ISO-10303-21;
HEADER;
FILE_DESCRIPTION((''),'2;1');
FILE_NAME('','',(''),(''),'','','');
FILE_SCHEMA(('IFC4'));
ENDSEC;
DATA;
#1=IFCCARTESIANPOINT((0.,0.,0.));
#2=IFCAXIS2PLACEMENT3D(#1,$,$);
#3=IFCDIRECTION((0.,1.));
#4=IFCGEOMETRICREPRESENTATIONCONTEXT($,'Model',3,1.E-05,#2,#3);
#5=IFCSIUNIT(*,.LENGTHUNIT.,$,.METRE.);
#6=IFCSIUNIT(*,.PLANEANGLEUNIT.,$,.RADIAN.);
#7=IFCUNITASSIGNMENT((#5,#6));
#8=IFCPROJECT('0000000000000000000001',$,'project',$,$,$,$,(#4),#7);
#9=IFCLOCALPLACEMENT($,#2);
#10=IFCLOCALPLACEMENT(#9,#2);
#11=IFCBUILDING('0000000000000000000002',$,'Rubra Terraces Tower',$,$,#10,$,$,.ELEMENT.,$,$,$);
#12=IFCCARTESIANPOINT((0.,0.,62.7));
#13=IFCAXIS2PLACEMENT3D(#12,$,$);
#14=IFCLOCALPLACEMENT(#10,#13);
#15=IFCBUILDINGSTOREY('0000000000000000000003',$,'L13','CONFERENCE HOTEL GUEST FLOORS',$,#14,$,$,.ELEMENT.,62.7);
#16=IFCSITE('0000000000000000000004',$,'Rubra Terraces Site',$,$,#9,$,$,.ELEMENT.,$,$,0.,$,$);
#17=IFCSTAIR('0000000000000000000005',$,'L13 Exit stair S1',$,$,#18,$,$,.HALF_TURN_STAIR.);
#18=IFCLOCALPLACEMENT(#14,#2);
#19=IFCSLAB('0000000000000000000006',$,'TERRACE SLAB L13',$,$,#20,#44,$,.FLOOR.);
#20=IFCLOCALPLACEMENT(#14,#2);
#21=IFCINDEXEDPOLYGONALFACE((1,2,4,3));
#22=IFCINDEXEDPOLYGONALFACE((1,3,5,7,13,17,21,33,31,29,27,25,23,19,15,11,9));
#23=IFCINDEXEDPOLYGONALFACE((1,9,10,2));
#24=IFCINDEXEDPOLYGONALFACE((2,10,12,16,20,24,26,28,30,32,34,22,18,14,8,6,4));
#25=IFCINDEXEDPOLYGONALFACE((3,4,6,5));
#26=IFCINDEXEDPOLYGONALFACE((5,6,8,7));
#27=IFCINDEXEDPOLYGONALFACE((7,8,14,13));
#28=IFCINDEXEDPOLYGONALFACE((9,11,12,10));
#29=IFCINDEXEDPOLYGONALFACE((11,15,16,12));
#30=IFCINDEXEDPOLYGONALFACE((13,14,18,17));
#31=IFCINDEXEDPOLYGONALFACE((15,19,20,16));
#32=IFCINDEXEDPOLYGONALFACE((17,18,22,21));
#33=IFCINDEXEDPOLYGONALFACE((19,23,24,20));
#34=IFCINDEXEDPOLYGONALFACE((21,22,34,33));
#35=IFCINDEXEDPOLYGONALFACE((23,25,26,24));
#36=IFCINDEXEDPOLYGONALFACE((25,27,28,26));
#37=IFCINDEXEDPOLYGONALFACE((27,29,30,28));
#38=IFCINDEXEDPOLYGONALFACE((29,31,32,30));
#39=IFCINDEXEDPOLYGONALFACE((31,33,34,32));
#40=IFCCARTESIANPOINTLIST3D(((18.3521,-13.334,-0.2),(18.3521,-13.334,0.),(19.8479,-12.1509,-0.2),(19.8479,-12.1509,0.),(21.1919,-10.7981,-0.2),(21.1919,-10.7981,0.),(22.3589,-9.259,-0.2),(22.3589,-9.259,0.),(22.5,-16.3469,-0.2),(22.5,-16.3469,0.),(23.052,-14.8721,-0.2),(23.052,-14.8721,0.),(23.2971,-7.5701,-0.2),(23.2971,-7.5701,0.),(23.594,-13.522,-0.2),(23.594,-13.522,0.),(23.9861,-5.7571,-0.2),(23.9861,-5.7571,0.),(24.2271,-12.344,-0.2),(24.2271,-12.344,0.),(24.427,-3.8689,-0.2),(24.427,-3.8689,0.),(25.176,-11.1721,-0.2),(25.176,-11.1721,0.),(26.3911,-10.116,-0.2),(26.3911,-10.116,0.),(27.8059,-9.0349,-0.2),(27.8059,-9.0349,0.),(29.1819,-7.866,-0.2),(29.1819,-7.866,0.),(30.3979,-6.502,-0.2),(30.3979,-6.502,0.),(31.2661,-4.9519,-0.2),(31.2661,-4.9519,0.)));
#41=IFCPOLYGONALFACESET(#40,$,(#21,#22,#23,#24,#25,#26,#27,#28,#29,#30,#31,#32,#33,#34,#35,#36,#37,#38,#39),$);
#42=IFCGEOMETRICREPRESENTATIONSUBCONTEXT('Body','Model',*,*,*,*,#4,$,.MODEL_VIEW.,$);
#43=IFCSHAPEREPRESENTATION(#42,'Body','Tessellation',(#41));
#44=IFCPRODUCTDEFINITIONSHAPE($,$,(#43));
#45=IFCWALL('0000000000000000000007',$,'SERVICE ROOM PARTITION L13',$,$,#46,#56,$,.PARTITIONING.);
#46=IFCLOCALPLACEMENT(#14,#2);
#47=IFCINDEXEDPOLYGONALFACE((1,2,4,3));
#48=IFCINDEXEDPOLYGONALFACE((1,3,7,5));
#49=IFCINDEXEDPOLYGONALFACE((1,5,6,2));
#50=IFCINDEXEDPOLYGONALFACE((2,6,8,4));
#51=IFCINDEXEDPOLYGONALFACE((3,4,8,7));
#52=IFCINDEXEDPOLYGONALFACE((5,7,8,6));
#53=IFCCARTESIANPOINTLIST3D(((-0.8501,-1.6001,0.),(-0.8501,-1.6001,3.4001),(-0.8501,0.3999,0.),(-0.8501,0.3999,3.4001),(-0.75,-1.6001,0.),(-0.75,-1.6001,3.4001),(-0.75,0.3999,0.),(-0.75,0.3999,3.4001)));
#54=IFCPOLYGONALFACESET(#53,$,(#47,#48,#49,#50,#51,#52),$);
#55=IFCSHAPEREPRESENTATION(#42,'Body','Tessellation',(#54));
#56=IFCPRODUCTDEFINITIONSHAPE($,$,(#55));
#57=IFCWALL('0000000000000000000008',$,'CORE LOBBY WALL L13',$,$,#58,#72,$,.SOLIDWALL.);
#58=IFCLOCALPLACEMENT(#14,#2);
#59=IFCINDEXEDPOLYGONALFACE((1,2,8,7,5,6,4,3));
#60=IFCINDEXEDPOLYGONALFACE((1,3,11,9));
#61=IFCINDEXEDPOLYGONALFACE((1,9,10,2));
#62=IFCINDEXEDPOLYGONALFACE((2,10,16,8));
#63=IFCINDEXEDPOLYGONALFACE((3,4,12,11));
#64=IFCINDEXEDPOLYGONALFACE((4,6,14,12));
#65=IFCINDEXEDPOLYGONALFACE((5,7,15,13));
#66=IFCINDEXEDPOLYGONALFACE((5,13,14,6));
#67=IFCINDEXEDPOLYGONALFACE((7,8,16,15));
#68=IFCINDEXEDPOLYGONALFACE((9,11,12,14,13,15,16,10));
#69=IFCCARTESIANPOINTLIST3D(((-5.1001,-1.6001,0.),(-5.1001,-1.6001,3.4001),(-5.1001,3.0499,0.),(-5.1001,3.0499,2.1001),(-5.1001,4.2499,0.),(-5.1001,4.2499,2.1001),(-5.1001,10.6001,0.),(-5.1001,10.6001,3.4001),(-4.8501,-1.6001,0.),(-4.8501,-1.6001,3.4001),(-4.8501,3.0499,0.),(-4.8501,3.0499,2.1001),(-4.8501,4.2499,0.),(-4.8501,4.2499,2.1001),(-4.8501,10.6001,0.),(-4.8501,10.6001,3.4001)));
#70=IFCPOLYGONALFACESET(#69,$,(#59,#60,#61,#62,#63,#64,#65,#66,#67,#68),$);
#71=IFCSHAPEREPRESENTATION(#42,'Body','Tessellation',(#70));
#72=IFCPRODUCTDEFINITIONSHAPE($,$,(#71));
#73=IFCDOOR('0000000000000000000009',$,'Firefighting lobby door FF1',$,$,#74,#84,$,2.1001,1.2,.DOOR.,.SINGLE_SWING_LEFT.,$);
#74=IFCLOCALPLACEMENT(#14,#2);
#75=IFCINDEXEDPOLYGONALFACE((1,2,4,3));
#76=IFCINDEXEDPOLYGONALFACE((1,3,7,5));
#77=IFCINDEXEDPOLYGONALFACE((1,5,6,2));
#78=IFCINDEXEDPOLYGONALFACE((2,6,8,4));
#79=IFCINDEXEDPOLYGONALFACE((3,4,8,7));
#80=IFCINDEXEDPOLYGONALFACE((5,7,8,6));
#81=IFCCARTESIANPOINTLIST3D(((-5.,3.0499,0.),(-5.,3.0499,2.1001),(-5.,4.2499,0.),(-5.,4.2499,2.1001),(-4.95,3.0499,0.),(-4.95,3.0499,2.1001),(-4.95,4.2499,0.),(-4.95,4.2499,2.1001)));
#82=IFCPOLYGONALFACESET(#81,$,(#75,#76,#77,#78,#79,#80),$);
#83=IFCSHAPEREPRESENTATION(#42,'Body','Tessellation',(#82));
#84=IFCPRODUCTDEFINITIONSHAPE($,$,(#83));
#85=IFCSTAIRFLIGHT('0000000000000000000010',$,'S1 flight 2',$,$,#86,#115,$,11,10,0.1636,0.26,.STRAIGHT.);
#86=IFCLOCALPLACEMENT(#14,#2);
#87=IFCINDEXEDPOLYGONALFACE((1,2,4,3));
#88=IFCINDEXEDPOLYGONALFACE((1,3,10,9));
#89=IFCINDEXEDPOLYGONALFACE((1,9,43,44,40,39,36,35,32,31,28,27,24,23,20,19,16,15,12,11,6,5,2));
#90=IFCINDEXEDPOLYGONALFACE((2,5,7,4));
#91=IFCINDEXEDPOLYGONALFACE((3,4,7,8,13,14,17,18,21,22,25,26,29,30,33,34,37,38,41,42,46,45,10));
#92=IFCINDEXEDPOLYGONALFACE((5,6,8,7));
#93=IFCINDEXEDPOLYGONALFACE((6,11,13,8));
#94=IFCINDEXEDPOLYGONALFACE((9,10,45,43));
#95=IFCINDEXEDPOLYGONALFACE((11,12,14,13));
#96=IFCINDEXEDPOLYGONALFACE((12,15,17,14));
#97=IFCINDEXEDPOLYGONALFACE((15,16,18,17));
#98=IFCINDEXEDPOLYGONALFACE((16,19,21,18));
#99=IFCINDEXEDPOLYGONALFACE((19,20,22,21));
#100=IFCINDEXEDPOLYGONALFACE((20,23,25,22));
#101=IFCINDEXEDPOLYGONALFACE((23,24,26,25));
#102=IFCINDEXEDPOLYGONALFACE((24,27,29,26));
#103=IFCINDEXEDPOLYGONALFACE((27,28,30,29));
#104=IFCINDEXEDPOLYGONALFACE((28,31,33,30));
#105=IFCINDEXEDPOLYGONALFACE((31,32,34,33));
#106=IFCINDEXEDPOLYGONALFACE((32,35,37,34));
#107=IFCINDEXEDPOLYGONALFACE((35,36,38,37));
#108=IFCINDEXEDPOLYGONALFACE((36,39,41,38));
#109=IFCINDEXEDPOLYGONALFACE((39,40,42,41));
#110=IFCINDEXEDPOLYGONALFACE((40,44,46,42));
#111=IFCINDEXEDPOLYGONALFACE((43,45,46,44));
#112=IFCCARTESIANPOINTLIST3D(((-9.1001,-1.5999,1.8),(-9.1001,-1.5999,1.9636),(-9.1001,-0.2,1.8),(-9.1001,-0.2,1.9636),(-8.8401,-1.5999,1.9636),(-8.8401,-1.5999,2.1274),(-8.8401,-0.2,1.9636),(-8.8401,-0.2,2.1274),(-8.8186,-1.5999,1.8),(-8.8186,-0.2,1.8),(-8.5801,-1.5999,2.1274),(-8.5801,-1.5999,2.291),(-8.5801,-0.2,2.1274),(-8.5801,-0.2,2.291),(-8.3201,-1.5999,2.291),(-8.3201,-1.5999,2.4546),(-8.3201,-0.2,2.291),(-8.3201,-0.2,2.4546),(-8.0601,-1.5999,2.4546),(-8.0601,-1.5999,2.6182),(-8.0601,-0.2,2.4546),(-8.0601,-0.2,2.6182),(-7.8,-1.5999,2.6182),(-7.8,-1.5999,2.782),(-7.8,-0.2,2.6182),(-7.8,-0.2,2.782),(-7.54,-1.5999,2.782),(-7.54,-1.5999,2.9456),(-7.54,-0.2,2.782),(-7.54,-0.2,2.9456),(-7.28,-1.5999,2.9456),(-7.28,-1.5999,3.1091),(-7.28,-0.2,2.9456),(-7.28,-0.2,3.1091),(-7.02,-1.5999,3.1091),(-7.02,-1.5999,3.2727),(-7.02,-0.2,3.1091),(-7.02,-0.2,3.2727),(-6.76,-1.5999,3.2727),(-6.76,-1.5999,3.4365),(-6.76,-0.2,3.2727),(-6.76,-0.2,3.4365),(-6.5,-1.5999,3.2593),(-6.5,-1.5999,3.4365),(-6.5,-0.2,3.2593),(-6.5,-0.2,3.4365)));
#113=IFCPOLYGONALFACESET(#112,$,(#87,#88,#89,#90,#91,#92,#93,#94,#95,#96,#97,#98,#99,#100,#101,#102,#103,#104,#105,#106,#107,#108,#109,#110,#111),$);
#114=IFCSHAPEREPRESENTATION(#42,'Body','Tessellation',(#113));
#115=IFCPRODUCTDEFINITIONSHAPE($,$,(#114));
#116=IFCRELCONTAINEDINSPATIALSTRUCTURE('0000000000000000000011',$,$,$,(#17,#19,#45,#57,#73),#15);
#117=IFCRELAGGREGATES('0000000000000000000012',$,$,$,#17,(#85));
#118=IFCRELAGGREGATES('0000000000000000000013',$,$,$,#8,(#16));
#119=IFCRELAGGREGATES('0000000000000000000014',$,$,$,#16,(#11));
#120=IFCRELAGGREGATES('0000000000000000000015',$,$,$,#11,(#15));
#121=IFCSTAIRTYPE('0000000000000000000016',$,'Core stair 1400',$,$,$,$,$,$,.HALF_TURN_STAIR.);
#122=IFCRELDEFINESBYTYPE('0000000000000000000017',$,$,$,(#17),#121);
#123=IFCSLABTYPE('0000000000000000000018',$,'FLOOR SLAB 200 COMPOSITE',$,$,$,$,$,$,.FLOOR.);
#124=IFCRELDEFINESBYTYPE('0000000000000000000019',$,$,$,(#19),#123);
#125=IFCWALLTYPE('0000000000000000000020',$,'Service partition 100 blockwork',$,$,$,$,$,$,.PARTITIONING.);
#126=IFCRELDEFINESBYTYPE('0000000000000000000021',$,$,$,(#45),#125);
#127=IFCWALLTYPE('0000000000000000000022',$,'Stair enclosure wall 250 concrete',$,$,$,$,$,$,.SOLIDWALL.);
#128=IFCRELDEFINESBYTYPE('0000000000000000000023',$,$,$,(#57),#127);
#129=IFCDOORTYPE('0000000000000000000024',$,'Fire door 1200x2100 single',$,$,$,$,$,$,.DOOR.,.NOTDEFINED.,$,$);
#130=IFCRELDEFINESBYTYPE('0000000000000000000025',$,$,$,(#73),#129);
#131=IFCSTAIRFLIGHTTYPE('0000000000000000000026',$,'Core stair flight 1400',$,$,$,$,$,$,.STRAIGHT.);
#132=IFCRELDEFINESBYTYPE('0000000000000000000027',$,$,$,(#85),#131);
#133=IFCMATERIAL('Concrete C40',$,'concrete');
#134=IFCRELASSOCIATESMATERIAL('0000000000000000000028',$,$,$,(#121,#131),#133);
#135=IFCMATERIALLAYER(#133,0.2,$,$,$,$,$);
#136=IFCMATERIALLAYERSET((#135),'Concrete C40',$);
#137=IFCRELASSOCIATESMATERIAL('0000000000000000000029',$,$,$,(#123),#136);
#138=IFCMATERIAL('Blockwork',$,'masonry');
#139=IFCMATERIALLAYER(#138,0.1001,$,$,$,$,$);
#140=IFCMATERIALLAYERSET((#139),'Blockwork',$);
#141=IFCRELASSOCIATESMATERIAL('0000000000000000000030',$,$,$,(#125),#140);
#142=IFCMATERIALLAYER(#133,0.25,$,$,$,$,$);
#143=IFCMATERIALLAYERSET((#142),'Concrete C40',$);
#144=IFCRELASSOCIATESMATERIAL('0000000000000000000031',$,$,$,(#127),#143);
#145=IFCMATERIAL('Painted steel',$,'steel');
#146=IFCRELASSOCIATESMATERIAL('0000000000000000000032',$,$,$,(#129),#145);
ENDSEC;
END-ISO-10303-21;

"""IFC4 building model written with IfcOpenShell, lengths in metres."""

from ifc_helpers import new_model, si_unit, direction, frame, frame_2d, origin, place, context, subcontext, project, spatial, polyline, rectangle, outline, extrude, material, layer, layer_set, type_object, element, fill, aggregate, save


model = new_model("IFC4")

# Units and contexts
model_context = context("Model", 3, precision=1e-05, world=origin(), true_north=direction((0.0, 1.0)))
body_context = subcontext(model_context, "Body", "Model", "MODEL_VIEW")
ifc_project = project(units=[si_unit("LENGTHUNIT", "METRE"), si_unit("PLANEANGLEUNIT", "RADIAN")], contexts=[model_context])

# Site, building, storey
site_placement = place(None, origin())
site = spatial("IfcSite", under=ifc_project, at=site_placement, Name="Rubra Terraces Site", CompositionType="ELEMENT", RefElevation=0.0)
building_placement = place(site_placement, origin())
building = spatial("IfcBuilding", under=site, at=building_placement, Name="Rubra Terraces Tower", CompositionType="ELEMENT")
storey_placement = place(building_placement, frame((0.0, 0.0, 62.7)))
storey = spatial("IfcBuildingStorey", under=building, at=storey_placement, Name="L13", Description="CONFERENCE HOTEL GUEST FLOORS", CompositionType="ELEMENT", Elevation=62.7)

# Shared definitions
ifc_material_1 = material(Name="Concrete C40", Category="concrete")

# Stair
stair_type = type_object("IfcStairType", Name="Core stair 1400", PredefinedType="HALF_TURN_STAIR", material=ifc_material_1)
stair_1_placement = place(storey_placement, origin())
stair_1 = element("IfcStair", 1, at=stair_1_placement, inside=storey, type_object=stair_type, Name="L13 Exit stair S1", PredefinedType="HALF_TURN_STAIR")

# Slab
ifc_layer_1 = layer(ifc_material_1, 0.2)
ifc_layer_set_1 = layer_set([ifc_layer_1], Name="Concrete C40")
slab_type_1 = type_object("IfcSlabType", Name="FLOOR SLAB 200 COMPOSITE", PredefinedType="FLOOR", material=ifc_layer_set_1)
slab_1_placement = place(storey_placement, frame((0.0, 0.0, -0.2)))
element("IfcSlab", 2, at=slab_1_placement, inside=storey, type_object=slab_type_1, Name="TERRACE SLAB L13", PredefinedType="FLOOR", context=body_context, shape_type="SweptSolid", body=[
    extrude(outline(polyline([(22.5, -16.3469), (23.052, -14.8721), (23.594, -13.522), (24.2271, -12.344), (25.176, -11.1721), (26.3911, -10.116), (27.8059, -9.0349), (29.1819, -7.866), (30.3979, -6.502), (31.2661, -4.9519), (24.427, -3.8689), (23.9861, -5.7571), (23.2971, -7.5701), (22.3589, -9.259), (21.1919, -10.7981), (19.8479, -12.1509), (18.3521, -13.334), (22.5, -16.3469)])), origin(), (0.0, 0.0, 1.0), 0.2),
])

# Wall
ifc_material_2 = material(Name="Blockwork", Category="masonry")
ifc_layer_2 = layer(ifc_material_2, 0.1001)
ifc_layer_set_2 = layer_set([ifc_layer_2], Name="Blockwork")
wall_type_1 = type_object("IfcWallType", Name="Service partition 100 blockwork", PredefinedType="PARTITIONING", material=ifc_layer_set_2)
wall_1_placement = place(storey_placement, frame((-0.8, -1.6001, 0.0), z_axis=(0.0, 0.0, 1.0), x_axis=(0.0, 1.0, 0.0)))
element("IfcWall", 3, at=wall_1_placement, inside=storey, type_object=wall_type_1, Name="SERVICE ROOM PARTITION L13", PredefinedType="PARTITIONING", context=body_context, shape_type="SweptSolid", body=[
    extrude(rectangle(XDim=2.0, YDim=0.1001, at=frame_2d((1.0, 0.0))), origin(), (0.0, 0.0, 1.0), 3.4001),
])

# Wall, opening, door
ifc_layer_3 = layer(ifc_material_1, 0.25)
ifc_layer_set_3 = layer_set([ifc_layer_3], Name="Concrete C40")
wall_type_2 = type_object("IfcWallType", Name="Stair enclosure wall 250 concrete", PredefinedType="SOLIDWALL", material=ifc_layer_set_3)
wall_2_placement = place(storey_placement, frame((-4.9751, -1.6001, 0.0), z_axis=(0.0, 0.0, 1.0), x_axis=(0.0, 1.0, 0.0)))
wall_2 = element("IfcWall", 4, at=wall_2_placement, inside=storey, type_object=wall_type_2, Name="CORE LOBBY WALL L13", PredefinedType="SOLIDWALL", context=body_context, shape_type="SweptSolid", body=[
    extrude(rectangle(XDim=12.2002, YDim=0.25, at=frame_2d((6.1001, 0.0))), origin(), (0.0, 0.0, 1.0), 3.4001),
])
opening_placement = place(wall_2_placement, frame((4.6499, 0.0, 0.0)))
opening = element("IfcOpeningElement", 5, at=opening_placement, cuts=wall_2, PredefinedType="OPENING", context=body_context, shape_type="SweptSolid", body=[
    extrude(rectangle(XDim=1.2, YDim=2.1001, at=frame_2d((0.6001, 1.05))), frame((0.0, 0.135, 0.0), z_axis=(0.0, -1.0, 0.0), x_axis=(1.0, 0.0, 0.0)), (0.0, 0.0, 1.0), 0.27),
])
ifc_material_3 = material(Name="Painted steel", Category="steel")
door_type = type_object("IfcDoorType", Name="Fire door 1200x2100 single", OperationType="NOTDEFINED", PredefinedType="DOOR", material=ifc_material_3)
door_placement = place(opening_placement, origin())
door = element("IfcDoor", 6, at=door_placement, inside=storey, type_object=door_type, Name="Firefighting lobby door FF1", OperationType="SINGLE_SWING_LEFT", OverallHeight=2.1001, OverallWidth=1.2, PredefinedType="DOOR", context=body_context, shape_type="SweptSolid", body=[
    extrude(rectangle(XDim=1.2, YDim=2.1001, at=frame_2d((0.6001, 1.05))), frame((0.0, 0.0249, 0.0), z_axis=(0.0, -1.0, 0.0), x_axis=(1.0, 0.0, 0.0)), (0.0, 0.0, 1.0), 0.05),
])
fill(opening, door)

# Stair flight
stair_flight_type = type_object("IfcStairFlightType", Name="Core stair flight 1400", PredefinedType="STRAIGHT", material=ifc_material_1)
stair_flight_placement = place(storey_placement, frame((-9.1001, -0.8999, 1.8), z_axis=(0.0, 0.0, 1.0), x_axis=(1.0, 0.0, 0.0)))
stair_flight = element("IfcStairFlight", 7, at=stair_flight_placement, type_object=stair_flight_type, Name="S1 flight 2", NumberOfRisers=11, NumberOfTreads=10, PredefinedType="STRAIGHT", RiserHeight=0.1636, TreadLength=0.26, context=body_context, shape_type="SweptSolid", body=[
    extrude(outline(polyline([(0.0, 0.0), (0.0, 0.1636), (0.26, 0.1636), (0.26, 0.3274), (0.52, 0.3274), (0.52, 0.491), (0.78, 0.491), (0.78, 0.6545), (1.04, 0.6545), (1.04, 0.8181), (1.3, 0.8181), (1.3, 0.9819), (1.5601, 0.9819), (1.5601, 1.1455), (1.8201, 1.1455), (1.8201, 1.3091), (2.0801, 1.3091), (2.0801, 1.4727), (2.3401, 1.4727), (2.3401, 1.6365), (2.6001, 1.6365), (2.6001, 1.8), (2.6001, 1.4592), (0.2815, 0.0), (0.0, 0.0)])), frame((0.0, 0.7, 0.0), z_axis=(0.0, -1.0, 0.0), x_axis=(1.0, 0.0, 0.0)), (0.0, 0.0, 1.0), 1.3999),
])
aggregate(stair_1, [stair_flight])

save(model, "model.ifc")
